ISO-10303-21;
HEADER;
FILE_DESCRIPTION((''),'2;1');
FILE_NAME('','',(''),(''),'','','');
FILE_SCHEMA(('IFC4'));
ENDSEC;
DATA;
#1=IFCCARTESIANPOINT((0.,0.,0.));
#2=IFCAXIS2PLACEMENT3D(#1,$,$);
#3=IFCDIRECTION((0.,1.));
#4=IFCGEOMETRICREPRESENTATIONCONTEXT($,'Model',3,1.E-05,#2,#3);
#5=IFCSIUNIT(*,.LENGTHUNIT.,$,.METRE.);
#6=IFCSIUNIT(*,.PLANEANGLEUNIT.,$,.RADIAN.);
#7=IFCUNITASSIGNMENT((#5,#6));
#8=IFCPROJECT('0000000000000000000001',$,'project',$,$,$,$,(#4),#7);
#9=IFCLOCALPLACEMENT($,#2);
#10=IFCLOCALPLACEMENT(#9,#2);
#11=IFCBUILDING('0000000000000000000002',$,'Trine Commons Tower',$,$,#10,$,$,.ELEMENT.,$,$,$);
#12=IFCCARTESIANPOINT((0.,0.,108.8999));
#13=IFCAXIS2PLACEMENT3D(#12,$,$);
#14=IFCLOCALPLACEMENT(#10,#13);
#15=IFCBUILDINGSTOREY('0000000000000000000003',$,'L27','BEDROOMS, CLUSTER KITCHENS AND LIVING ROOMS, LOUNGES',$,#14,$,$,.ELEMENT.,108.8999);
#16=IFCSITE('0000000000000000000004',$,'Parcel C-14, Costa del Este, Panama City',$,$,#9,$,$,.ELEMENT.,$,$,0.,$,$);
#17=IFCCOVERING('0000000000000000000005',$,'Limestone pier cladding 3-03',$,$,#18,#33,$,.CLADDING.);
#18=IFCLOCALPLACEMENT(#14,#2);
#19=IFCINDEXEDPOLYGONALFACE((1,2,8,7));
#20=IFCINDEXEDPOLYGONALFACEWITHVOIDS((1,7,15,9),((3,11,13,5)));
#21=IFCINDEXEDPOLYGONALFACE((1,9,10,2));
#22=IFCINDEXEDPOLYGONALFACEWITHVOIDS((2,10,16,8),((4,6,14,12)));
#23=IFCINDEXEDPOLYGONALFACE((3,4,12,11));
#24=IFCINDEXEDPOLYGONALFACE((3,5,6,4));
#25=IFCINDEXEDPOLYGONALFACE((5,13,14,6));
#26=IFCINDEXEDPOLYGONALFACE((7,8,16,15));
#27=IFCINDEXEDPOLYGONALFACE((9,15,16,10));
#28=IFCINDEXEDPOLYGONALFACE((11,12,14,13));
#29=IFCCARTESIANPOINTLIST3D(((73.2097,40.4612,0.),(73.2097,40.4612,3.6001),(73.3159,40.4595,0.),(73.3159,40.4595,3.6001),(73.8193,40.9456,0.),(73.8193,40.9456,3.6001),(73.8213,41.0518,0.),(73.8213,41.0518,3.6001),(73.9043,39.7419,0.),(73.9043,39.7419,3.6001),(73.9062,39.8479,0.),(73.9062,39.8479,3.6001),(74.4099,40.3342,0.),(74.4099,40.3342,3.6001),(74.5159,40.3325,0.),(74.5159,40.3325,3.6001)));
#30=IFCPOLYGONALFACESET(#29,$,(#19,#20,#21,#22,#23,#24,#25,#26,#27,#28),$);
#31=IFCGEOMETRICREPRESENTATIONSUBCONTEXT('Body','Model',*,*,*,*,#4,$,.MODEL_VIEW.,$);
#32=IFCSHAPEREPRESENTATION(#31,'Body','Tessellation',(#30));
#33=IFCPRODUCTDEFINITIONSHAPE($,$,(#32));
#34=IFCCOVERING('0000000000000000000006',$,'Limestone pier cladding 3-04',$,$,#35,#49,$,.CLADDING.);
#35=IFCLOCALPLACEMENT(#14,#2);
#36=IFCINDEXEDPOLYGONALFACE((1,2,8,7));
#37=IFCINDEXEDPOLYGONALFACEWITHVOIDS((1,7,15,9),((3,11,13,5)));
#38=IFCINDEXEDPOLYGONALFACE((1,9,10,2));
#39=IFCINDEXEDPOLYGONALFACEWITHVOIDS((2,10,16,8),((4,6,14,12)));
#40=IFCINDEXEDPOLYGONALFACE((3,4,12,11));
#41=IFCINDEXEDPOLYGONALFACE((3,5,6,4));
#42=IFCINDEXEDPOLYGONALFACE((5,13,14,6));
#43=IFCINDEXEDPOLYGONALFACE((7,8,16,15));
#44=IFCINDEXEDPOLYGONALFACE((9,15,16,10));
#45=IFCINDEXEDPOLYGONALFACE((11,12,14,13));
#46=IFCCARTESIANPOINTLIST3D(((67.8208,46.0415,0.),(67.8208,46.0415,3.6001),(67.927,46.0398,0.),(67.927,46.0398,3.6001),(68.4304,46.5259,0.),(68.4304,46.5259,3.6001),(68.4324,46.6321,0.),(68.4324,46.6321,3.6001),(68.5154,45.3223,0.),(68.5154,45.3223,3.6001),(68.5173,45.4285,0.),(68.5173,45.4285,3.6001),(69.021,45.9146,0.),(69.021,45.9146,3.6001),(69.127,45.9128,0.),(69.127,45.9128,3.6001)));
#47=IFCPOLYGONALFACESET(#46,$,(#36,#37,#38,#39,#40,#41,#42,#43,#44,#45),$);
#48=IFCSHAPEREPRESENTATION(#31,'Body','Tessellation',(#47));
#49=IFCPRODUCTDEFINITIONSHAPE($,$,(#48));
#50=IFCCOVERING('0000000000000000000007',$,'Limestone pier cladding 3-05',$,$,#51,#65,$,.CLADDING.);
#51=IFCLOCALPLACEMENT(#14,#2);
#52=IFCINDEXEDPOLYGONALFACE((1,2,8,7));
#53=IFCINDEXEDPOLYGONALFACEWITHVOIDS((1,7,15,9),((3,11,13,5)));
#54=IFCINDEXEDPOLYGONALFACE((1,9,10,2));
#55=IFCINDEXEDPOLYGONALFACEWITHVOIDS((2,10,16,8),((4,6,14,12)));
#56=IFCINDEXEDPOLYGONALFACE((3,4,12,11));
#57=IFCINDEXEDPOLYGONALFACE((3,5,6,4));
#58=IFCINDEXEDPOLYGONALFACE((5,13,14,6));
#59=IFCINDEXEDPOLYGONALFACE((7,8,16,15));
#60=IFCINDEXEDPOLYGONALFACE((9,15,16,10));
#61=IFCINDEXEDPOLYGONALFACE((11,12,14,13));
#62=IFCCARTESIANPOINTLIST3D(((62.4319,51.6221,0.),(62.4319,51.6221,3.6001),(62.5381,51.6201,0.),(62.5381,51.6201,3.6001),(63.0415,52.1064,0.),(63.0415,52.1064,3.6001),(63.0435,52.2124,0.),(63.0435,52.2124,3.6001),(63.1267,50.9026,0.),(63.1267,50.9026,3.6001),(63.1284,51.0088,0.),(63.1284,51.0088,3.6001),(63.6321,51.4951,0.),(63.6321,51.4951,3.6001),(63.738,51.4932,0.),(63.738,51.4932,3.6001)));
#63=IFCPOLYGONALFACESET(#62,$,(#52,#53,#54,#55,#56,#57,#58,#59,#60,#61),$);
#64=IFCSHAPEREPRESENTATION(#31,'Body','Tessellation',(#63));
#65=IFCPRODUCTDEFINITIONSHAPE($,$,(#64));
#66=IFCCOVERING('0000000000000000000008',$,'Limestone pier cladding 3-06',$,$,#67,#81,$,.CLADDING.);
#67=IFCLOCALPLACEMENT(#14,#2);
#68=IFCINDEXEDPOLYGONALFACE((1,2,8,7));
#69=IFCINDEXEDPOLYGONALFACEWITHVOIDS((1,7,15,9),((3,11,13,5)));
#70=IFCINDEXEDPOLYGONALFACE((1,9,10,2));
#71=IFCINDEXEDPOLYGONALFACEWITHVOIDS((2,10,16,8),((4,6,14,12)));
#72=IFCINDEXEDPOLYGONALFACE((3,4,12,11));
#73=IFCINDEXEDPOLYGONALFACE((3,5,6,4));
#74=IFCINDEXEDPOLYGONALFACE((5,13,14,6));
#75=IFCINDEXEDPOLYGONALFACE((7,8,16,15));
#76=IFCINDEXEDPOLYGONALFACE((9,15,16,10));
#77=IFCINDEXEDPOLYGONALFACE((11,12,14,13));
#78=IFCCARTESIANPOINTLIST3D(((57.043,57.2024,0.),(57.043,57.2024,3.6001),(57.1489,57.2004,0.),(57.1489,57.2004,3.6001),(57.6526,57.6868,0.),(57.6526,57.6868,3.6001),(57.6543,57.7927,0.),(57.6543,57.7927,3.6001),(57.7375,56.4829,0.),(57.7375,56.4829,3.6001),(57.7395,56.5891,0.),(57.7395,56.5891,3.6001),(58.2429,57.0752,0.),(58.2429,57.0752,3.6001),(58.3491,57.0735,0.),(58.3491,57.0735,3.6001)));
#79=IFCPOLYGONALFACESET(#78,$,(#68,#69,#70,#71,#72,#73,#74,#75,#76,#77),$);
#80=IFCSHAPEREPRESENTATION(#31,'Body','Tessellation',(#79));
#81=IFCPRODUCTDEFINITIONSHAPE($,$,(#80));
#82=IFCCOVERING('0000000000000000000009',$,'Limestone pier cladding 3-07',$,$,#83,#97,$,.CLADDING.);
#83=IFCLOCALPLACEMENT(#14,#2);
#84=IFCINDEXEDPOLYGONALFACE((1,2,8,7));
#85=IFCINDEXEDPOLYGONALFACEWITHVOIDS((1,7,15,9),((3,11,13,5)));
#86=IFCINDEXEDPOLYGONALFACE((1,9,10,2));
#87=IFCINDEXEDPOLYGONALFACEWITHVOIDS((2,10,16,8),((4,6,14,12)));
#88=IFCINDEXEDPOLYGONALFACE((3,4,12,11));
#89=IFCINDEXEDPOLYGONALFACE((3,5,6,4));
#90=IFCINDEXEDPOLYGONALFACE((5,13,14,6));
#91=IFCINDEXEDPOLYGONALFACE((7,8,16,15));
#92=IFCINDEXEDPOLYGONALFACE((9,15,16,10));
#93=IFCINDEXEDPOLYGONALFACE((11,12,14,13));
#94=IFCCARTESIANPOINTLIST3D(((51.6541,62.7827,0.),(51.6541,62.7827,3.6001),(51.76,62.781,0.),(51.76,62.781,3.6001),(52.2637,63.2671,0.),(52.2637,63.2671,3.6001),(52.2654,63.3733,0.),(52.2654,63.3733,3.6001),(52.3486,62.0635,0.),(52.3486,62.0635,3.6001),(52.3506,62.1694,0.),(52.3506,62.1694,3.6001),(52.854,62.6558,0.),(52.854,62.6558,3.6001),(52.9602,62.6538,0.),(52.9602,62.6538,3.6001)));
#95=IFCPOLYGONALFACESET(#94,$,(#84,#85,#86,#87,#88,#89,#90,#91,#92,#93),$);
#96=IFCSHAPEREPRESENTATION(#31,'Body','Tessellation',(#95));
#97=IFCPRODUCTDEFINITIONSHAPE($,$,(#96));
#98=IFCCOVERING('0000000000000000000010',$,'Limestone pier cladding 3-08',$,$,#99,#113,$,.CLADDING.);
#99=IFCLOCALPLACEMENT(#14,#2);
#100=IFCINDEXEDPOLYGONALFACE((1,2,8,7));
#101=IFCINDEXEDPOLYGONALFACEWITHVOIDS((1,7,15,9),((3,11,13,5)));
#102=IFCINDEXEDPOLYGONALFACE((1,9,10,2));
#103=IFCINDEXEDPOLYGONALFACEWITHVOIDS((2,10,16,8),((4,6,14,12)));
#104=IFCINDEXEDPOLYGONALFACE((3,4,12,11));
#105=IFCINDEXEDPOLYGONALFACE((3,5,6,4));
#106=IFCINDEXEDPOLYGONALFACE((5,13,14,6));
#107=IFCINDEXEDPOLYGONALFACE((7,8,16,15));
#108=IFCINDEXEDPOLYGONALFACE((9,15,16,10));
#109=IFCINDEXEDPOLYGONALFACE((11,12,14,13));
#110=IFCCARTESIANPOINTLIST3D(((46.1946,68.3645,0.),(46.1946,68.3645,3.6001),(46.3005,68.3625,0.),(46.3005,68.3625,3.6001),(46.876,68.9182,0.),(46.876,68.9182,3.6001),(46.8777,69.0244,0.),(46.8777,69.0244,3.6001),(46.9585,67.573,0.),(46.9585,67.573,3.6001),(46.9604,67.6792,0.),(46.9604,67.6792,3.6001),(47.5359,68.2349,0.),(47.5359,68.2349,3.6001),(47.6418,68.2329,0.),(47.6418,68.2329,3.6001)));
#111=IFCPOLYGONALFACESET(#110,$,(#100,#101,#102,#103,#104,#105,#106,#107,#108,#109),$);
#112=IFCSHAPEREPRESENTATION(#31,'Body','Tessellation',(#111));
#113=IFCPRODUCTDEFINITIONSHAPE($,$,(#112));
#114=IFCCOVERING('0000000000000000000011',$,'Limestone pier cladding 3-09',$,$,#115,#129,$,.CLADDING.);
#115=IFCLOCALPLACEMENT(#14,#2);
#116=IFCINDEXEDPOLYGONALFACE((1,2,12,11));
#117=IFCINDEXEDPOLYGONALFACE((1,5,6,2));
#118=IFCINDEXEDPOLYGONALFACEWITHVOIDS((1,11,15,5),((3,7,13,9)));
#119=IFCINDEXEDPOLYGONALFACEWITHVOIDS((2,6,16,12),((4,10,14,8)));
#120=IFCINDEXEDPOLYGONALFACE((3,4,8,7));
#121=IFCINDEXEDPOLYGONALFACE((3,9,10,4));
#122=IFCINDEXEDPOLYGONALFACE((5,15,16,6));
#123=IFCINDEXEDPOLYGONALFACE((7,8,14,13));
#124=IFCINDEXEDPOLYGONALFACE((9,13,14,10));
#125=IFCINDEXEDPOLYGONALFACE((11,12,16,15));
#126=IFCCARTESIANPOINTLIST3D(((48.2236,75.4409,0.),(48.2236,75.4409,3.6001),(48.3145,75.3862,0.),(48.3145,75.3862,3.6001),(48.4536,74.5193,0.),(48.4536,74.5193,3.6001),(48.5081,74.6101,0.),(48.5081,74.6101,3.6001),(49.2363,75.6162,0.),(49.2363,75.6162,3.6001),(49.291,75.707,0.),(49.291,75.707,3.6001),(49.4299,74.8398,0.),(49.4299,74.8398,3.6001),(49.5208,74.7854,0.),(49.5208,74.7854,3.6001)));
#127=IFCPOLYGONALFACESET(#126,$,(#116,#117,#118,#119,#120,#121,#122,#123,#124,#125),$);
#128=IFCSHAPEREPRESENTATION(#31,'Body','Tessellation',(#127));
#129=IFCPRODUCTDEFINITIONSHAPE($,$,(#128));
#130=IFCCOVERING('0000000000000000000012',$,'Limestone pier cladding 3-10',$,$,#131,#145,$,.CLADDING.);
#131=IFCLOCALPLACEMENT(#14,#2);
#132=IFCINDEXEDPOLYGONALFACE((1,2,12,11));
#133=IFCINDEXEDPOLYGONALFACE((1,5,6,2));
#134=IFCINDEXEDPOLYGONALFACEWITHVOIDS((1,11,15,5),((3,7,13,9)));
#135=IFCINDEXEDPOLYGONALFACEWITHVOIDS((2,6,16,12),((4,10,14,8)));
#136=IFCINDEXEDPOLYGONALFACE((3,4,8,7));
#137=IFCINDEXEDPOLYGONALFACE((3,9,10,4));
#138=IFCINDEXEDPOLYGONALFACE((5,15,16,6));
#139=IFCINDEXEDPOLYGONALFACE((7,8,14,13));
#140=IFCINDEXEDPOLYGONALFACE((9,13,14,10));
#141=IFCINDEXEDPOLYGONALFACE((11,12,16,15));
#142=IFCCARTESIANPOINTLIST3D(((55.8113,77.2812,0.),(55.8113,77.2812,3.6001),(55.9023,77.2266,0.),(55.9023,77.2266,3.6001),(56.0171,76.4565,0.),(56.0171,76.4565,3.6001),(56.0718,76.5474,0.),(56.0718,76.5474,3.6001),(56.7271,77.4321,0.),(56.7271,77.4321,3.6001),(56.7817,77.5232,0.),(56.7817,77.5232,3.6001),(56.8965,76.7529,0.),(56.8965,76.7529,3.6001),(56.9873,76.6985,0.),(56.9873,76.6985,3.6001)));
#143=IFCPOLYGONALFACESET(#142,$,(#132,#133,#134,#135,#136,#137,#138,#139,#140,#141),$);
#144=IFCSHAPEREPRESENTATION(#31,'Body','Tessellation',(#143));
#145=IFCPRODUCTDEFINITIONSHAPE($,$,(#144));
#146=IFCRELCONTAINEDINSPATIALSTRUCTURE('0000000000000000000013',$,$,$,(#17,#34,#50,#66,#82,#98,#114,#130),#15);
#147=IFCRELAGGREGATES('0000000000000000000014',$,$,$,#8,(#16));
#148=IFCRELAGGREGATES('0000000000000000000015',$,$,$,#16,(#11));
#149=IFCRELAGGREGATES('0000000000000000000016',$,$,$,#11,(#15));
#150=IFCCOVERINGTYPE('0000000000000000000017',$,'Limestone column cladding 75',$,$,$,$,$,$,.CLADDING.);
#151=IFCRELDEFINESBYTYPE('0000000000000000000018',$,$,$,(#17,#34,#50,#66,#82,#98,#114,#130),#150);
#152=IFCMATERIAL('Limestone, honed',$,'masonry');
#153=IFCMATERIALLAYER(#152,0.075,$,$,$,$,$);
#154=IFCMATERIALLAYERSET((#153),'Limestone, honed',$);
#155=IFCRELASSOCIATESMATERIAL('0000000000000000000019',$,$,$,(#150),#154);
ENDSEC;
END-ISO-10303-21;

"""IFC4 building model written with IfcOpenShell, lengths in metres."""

from ifc_helpers import new_model, si_unit, direction, frame, origin, place, context, subcontext, project, spatial, polyline, outline, extrude, material, layer, layer_set, type_object, element, save


model = new_model("IFC4")

# Units and contexts
model_context = context("Model", 3, precision=1e-05, world=origin(), true_north=direction((0.0, 1.0)))
body_context = subcontext(model_context, "Body", "Model", "MODEL_VIEW")
ifc_project = project(units=[si_unit("LENGTHUNIT", "METRE"), si_unit("PLANEANGLEUNIT", "RADIAN")], contexts=[model_context])

# Site, building, storey
site_placement = place(None, origin())
site = spatial("IfcSite", under=ifc_project, at=site_placement, Name="Parcel C-14, Costa del Este, Panama City", CompositionType="ELEMENT", RefElevation=0.0)
building_placement = place(site_placement, origin())
building = spatial("IfcBuilding", under=site, at=building_placement, Name="Trine Commons Tower", CompositionType="ELEMENT")
storey_placement = place(building_placement, frame((0.0, 0.0, 108.8999)))
storey = spatial("IfcBuildingStorey", under=building, at=storey_placement, Name="L27", Description="BEDROOMS, CLUSTER KITCHENS AND LIVING ROOMS, LOUNGES", CompositionType="ELEMENT", Elevation=108.8999)

# Coverings
ifc_material_1 = material(Name="Limestone, honed", Category="masonry")
ifc_layer_1 = layer(ifc_material_1, 0.075)
ifc_layer_set_1 = layer_set([ifc_layer_1], Name="Limestone, honed")
covering_type_1 = type_object("IfcCoveringType", Name="Limestone column cladding 75", PredefinedType="CLADDING", material=ifc_layer_set_1)
covering_1_placement = place(storey_placement, origin())
element("IfcCovering", 1, at=covering_1_placement, inside=storey, type_object=covering_type_1, Name="Limestone pier cladding 3-03", PredefinedType="CLADDING", context=body_context, shape_type="SweptSolid", body=[
    extrude(outline(polyline([(73.8213, 41.0518), (73.2097, 40.4612), (73.9043, 39.7419), (74.5159, 40.3325), (73.8213, 41.0518)]), holes=[polyline([(73.8193, 40.9456), (73.3159, 40.4595), (73.9062, 39.8479), (74.4099, 40.3342), (73.8193, 40.9456)])]), origin(), (0.0, 0.0, 1.0), 3.6001),
])
covering_2_placement = place(storey_placement, origin())
element("IfcCovering", 2, at=covering_2_placement, inside=storey, type_object=covering_type_1, Name="Limestone pier cladding 3-04", PredefinedType="CLADDING", context=body_context, shape_type="SweptSolid", body=[
    extrude(outline(polyline([(68.4324, 46.6321), (67.8208, 46.0415), (68.5154, 45.3223), (69.127, 45.9128), (68.4324, 46.6321)]), holes=[polyline([(68.4304, 46.5259), (67.927, 46.0398), (68.5173, 45.4285), (69.021, 45.9146), (68.4304, 46.5259)])]), origin(), (0.0, 0.0, 1.0), 3.6001),
])
covering_3_placement = place(storey_placement, origin())
element("IfcCovering", 3, at=covering_3_placement, inside=storey, type_object=covering_type_1, Name="Limestone pier cladding 3-05", PredefinedType="CLADDING", context=body_context, shape_type="SweptSolid", body=[
    extrude(outline(polyline([(63.0435, 52.2124), (62.4319, 51.6221), (63.1267, 50.9026), (63.738, 51.4932), (63.0435, 52.2124)]), holes=[polyline([(63.0415, 52.1064), (62.5381, 51.6201), (63.1284, 51.0088), (63.6321, 51.4951), (63.0415, 52.1064)])]), origin(), (0.0, 0.0, 1.0), 3.6001),
])
covering_4_placement = place(storey_placement, origin())
element("IfcCovering", 4, at=covering_4_placement, inside=storey, type_object=covering_type_1, Name="Limestone pier cladding 3-06", PredefinedType="CLADDING", context=body_context, shape_type="SweptSolid", body=[
    extrude(outline(polyline([(57.6543, 57.7927), (57.043, 57.2024), (57.7375, 56.4829), (58.3491, 57.0735), (57.6543, 57.7927)]), holes=[polyline([(57.6526, 57.6868), (57.1489, 57.2004), (57.7395, 56.5891), (58.2429, 57.0752), (57.6526, 57.6868)])]), origin(), (0.0, 0.0, 1.0), 3.6001),
])
covering_5_placement = place(storey_placement, origin())
element("IfcCovering", 5, at=covering_5_placement, inside=storey, type_object=covering_type_1, Name="Limestone pier cladding 3-07", PredefinedType="CLADDING", context=body_context, shape_type="SweptSolid", body=[
    extrude(outline(polyline([(52.2654, 63.3733), (51.6541, 62.7827), (52.3486, 62.0635), (52.9602, 62.6538), (52.2654, 63.3733)]), holes=[polyline([(52.2637, 63.2671), (51.76, 62.781), (52.3506, 62.1694), (52.854, 62.6558), (52.2637, 63.2671)])]), origin(), (0.0, 0.0, 1.0), 3.6001),
])
covering_6_placement = place(storey_placement, origin())
element("IfcCovering", 6, at=covering_6_placement, inside=storey, type_object=covering_type_1, Name="Limestone pier cladding 3-08", PredefinedType="CLADDING", context=body_context, shape_type="SweptSolid", body=[
    extrude(outline(polyline([(46.8777, 69.0244), (46.1946, 68.3645), (46.9585, 67.573), (47.6418, 68.2329), (46.8777, 69.0244)]), holes=[polyline([(46.876, 68.9182), (46.3005, 68.3625), (46.9604, 67.6792), (47.5359, 68.2349), (46.876, 68.9182)])]), origin(), (0.0, 0.0, 1.0), 3.6001),
])
covering_7_placement = place(storey_placement, origin())
element("IfcCovering", 7, at=covering_7_placement, inside=storey, type_object=covering_type_1, Name="Limestone pier cladding 3-09", PredefinedType="CLADDING", context=body_context, shape_type="SweptSolid", body=[
    extrude(outline(polyline([(49.5208, 74.7854), (49.291, 75.707), (48.2236, 75.4409), (48.4536, 74.5193), (49.5208, 74.7854)]), holes=[polyline([(49.4299, 74.8398), (49.2363, 75.6162), (48.3145, 75.3862), (48.5081, 74.6101), (49.4299, 74.8398)])]), origin(), (0.0, 0.0, 1.0), 3.6001),
])
covering_8_placement = place(storey_placement, origin())
element("IfcCovering", 8, at=covering_8_placement, inside=storey, type_object=covering_type_1, Name="Limestone pier cladding 3-10", PredefinedType="CLADDING", context=body_context, shape_type="SweptSolid", body=[
    extrude(outline(polyline([(56.9873, 76.6985), (56.7817, 77.5232), (55.8113, 77.2812), (56.0171, 76.4565), (56.9873, 76.6985)]), holes=[polyline([(56.8965, 76.7529), (56.7271, 77.4321), (55.9023, 77.2266), (56.0718, 76.5474), (56.8965, 76.7529)])]), origin(), (0.0, 0.0, 1.0), 3.6001),
])

save(model, "model.ifc")
